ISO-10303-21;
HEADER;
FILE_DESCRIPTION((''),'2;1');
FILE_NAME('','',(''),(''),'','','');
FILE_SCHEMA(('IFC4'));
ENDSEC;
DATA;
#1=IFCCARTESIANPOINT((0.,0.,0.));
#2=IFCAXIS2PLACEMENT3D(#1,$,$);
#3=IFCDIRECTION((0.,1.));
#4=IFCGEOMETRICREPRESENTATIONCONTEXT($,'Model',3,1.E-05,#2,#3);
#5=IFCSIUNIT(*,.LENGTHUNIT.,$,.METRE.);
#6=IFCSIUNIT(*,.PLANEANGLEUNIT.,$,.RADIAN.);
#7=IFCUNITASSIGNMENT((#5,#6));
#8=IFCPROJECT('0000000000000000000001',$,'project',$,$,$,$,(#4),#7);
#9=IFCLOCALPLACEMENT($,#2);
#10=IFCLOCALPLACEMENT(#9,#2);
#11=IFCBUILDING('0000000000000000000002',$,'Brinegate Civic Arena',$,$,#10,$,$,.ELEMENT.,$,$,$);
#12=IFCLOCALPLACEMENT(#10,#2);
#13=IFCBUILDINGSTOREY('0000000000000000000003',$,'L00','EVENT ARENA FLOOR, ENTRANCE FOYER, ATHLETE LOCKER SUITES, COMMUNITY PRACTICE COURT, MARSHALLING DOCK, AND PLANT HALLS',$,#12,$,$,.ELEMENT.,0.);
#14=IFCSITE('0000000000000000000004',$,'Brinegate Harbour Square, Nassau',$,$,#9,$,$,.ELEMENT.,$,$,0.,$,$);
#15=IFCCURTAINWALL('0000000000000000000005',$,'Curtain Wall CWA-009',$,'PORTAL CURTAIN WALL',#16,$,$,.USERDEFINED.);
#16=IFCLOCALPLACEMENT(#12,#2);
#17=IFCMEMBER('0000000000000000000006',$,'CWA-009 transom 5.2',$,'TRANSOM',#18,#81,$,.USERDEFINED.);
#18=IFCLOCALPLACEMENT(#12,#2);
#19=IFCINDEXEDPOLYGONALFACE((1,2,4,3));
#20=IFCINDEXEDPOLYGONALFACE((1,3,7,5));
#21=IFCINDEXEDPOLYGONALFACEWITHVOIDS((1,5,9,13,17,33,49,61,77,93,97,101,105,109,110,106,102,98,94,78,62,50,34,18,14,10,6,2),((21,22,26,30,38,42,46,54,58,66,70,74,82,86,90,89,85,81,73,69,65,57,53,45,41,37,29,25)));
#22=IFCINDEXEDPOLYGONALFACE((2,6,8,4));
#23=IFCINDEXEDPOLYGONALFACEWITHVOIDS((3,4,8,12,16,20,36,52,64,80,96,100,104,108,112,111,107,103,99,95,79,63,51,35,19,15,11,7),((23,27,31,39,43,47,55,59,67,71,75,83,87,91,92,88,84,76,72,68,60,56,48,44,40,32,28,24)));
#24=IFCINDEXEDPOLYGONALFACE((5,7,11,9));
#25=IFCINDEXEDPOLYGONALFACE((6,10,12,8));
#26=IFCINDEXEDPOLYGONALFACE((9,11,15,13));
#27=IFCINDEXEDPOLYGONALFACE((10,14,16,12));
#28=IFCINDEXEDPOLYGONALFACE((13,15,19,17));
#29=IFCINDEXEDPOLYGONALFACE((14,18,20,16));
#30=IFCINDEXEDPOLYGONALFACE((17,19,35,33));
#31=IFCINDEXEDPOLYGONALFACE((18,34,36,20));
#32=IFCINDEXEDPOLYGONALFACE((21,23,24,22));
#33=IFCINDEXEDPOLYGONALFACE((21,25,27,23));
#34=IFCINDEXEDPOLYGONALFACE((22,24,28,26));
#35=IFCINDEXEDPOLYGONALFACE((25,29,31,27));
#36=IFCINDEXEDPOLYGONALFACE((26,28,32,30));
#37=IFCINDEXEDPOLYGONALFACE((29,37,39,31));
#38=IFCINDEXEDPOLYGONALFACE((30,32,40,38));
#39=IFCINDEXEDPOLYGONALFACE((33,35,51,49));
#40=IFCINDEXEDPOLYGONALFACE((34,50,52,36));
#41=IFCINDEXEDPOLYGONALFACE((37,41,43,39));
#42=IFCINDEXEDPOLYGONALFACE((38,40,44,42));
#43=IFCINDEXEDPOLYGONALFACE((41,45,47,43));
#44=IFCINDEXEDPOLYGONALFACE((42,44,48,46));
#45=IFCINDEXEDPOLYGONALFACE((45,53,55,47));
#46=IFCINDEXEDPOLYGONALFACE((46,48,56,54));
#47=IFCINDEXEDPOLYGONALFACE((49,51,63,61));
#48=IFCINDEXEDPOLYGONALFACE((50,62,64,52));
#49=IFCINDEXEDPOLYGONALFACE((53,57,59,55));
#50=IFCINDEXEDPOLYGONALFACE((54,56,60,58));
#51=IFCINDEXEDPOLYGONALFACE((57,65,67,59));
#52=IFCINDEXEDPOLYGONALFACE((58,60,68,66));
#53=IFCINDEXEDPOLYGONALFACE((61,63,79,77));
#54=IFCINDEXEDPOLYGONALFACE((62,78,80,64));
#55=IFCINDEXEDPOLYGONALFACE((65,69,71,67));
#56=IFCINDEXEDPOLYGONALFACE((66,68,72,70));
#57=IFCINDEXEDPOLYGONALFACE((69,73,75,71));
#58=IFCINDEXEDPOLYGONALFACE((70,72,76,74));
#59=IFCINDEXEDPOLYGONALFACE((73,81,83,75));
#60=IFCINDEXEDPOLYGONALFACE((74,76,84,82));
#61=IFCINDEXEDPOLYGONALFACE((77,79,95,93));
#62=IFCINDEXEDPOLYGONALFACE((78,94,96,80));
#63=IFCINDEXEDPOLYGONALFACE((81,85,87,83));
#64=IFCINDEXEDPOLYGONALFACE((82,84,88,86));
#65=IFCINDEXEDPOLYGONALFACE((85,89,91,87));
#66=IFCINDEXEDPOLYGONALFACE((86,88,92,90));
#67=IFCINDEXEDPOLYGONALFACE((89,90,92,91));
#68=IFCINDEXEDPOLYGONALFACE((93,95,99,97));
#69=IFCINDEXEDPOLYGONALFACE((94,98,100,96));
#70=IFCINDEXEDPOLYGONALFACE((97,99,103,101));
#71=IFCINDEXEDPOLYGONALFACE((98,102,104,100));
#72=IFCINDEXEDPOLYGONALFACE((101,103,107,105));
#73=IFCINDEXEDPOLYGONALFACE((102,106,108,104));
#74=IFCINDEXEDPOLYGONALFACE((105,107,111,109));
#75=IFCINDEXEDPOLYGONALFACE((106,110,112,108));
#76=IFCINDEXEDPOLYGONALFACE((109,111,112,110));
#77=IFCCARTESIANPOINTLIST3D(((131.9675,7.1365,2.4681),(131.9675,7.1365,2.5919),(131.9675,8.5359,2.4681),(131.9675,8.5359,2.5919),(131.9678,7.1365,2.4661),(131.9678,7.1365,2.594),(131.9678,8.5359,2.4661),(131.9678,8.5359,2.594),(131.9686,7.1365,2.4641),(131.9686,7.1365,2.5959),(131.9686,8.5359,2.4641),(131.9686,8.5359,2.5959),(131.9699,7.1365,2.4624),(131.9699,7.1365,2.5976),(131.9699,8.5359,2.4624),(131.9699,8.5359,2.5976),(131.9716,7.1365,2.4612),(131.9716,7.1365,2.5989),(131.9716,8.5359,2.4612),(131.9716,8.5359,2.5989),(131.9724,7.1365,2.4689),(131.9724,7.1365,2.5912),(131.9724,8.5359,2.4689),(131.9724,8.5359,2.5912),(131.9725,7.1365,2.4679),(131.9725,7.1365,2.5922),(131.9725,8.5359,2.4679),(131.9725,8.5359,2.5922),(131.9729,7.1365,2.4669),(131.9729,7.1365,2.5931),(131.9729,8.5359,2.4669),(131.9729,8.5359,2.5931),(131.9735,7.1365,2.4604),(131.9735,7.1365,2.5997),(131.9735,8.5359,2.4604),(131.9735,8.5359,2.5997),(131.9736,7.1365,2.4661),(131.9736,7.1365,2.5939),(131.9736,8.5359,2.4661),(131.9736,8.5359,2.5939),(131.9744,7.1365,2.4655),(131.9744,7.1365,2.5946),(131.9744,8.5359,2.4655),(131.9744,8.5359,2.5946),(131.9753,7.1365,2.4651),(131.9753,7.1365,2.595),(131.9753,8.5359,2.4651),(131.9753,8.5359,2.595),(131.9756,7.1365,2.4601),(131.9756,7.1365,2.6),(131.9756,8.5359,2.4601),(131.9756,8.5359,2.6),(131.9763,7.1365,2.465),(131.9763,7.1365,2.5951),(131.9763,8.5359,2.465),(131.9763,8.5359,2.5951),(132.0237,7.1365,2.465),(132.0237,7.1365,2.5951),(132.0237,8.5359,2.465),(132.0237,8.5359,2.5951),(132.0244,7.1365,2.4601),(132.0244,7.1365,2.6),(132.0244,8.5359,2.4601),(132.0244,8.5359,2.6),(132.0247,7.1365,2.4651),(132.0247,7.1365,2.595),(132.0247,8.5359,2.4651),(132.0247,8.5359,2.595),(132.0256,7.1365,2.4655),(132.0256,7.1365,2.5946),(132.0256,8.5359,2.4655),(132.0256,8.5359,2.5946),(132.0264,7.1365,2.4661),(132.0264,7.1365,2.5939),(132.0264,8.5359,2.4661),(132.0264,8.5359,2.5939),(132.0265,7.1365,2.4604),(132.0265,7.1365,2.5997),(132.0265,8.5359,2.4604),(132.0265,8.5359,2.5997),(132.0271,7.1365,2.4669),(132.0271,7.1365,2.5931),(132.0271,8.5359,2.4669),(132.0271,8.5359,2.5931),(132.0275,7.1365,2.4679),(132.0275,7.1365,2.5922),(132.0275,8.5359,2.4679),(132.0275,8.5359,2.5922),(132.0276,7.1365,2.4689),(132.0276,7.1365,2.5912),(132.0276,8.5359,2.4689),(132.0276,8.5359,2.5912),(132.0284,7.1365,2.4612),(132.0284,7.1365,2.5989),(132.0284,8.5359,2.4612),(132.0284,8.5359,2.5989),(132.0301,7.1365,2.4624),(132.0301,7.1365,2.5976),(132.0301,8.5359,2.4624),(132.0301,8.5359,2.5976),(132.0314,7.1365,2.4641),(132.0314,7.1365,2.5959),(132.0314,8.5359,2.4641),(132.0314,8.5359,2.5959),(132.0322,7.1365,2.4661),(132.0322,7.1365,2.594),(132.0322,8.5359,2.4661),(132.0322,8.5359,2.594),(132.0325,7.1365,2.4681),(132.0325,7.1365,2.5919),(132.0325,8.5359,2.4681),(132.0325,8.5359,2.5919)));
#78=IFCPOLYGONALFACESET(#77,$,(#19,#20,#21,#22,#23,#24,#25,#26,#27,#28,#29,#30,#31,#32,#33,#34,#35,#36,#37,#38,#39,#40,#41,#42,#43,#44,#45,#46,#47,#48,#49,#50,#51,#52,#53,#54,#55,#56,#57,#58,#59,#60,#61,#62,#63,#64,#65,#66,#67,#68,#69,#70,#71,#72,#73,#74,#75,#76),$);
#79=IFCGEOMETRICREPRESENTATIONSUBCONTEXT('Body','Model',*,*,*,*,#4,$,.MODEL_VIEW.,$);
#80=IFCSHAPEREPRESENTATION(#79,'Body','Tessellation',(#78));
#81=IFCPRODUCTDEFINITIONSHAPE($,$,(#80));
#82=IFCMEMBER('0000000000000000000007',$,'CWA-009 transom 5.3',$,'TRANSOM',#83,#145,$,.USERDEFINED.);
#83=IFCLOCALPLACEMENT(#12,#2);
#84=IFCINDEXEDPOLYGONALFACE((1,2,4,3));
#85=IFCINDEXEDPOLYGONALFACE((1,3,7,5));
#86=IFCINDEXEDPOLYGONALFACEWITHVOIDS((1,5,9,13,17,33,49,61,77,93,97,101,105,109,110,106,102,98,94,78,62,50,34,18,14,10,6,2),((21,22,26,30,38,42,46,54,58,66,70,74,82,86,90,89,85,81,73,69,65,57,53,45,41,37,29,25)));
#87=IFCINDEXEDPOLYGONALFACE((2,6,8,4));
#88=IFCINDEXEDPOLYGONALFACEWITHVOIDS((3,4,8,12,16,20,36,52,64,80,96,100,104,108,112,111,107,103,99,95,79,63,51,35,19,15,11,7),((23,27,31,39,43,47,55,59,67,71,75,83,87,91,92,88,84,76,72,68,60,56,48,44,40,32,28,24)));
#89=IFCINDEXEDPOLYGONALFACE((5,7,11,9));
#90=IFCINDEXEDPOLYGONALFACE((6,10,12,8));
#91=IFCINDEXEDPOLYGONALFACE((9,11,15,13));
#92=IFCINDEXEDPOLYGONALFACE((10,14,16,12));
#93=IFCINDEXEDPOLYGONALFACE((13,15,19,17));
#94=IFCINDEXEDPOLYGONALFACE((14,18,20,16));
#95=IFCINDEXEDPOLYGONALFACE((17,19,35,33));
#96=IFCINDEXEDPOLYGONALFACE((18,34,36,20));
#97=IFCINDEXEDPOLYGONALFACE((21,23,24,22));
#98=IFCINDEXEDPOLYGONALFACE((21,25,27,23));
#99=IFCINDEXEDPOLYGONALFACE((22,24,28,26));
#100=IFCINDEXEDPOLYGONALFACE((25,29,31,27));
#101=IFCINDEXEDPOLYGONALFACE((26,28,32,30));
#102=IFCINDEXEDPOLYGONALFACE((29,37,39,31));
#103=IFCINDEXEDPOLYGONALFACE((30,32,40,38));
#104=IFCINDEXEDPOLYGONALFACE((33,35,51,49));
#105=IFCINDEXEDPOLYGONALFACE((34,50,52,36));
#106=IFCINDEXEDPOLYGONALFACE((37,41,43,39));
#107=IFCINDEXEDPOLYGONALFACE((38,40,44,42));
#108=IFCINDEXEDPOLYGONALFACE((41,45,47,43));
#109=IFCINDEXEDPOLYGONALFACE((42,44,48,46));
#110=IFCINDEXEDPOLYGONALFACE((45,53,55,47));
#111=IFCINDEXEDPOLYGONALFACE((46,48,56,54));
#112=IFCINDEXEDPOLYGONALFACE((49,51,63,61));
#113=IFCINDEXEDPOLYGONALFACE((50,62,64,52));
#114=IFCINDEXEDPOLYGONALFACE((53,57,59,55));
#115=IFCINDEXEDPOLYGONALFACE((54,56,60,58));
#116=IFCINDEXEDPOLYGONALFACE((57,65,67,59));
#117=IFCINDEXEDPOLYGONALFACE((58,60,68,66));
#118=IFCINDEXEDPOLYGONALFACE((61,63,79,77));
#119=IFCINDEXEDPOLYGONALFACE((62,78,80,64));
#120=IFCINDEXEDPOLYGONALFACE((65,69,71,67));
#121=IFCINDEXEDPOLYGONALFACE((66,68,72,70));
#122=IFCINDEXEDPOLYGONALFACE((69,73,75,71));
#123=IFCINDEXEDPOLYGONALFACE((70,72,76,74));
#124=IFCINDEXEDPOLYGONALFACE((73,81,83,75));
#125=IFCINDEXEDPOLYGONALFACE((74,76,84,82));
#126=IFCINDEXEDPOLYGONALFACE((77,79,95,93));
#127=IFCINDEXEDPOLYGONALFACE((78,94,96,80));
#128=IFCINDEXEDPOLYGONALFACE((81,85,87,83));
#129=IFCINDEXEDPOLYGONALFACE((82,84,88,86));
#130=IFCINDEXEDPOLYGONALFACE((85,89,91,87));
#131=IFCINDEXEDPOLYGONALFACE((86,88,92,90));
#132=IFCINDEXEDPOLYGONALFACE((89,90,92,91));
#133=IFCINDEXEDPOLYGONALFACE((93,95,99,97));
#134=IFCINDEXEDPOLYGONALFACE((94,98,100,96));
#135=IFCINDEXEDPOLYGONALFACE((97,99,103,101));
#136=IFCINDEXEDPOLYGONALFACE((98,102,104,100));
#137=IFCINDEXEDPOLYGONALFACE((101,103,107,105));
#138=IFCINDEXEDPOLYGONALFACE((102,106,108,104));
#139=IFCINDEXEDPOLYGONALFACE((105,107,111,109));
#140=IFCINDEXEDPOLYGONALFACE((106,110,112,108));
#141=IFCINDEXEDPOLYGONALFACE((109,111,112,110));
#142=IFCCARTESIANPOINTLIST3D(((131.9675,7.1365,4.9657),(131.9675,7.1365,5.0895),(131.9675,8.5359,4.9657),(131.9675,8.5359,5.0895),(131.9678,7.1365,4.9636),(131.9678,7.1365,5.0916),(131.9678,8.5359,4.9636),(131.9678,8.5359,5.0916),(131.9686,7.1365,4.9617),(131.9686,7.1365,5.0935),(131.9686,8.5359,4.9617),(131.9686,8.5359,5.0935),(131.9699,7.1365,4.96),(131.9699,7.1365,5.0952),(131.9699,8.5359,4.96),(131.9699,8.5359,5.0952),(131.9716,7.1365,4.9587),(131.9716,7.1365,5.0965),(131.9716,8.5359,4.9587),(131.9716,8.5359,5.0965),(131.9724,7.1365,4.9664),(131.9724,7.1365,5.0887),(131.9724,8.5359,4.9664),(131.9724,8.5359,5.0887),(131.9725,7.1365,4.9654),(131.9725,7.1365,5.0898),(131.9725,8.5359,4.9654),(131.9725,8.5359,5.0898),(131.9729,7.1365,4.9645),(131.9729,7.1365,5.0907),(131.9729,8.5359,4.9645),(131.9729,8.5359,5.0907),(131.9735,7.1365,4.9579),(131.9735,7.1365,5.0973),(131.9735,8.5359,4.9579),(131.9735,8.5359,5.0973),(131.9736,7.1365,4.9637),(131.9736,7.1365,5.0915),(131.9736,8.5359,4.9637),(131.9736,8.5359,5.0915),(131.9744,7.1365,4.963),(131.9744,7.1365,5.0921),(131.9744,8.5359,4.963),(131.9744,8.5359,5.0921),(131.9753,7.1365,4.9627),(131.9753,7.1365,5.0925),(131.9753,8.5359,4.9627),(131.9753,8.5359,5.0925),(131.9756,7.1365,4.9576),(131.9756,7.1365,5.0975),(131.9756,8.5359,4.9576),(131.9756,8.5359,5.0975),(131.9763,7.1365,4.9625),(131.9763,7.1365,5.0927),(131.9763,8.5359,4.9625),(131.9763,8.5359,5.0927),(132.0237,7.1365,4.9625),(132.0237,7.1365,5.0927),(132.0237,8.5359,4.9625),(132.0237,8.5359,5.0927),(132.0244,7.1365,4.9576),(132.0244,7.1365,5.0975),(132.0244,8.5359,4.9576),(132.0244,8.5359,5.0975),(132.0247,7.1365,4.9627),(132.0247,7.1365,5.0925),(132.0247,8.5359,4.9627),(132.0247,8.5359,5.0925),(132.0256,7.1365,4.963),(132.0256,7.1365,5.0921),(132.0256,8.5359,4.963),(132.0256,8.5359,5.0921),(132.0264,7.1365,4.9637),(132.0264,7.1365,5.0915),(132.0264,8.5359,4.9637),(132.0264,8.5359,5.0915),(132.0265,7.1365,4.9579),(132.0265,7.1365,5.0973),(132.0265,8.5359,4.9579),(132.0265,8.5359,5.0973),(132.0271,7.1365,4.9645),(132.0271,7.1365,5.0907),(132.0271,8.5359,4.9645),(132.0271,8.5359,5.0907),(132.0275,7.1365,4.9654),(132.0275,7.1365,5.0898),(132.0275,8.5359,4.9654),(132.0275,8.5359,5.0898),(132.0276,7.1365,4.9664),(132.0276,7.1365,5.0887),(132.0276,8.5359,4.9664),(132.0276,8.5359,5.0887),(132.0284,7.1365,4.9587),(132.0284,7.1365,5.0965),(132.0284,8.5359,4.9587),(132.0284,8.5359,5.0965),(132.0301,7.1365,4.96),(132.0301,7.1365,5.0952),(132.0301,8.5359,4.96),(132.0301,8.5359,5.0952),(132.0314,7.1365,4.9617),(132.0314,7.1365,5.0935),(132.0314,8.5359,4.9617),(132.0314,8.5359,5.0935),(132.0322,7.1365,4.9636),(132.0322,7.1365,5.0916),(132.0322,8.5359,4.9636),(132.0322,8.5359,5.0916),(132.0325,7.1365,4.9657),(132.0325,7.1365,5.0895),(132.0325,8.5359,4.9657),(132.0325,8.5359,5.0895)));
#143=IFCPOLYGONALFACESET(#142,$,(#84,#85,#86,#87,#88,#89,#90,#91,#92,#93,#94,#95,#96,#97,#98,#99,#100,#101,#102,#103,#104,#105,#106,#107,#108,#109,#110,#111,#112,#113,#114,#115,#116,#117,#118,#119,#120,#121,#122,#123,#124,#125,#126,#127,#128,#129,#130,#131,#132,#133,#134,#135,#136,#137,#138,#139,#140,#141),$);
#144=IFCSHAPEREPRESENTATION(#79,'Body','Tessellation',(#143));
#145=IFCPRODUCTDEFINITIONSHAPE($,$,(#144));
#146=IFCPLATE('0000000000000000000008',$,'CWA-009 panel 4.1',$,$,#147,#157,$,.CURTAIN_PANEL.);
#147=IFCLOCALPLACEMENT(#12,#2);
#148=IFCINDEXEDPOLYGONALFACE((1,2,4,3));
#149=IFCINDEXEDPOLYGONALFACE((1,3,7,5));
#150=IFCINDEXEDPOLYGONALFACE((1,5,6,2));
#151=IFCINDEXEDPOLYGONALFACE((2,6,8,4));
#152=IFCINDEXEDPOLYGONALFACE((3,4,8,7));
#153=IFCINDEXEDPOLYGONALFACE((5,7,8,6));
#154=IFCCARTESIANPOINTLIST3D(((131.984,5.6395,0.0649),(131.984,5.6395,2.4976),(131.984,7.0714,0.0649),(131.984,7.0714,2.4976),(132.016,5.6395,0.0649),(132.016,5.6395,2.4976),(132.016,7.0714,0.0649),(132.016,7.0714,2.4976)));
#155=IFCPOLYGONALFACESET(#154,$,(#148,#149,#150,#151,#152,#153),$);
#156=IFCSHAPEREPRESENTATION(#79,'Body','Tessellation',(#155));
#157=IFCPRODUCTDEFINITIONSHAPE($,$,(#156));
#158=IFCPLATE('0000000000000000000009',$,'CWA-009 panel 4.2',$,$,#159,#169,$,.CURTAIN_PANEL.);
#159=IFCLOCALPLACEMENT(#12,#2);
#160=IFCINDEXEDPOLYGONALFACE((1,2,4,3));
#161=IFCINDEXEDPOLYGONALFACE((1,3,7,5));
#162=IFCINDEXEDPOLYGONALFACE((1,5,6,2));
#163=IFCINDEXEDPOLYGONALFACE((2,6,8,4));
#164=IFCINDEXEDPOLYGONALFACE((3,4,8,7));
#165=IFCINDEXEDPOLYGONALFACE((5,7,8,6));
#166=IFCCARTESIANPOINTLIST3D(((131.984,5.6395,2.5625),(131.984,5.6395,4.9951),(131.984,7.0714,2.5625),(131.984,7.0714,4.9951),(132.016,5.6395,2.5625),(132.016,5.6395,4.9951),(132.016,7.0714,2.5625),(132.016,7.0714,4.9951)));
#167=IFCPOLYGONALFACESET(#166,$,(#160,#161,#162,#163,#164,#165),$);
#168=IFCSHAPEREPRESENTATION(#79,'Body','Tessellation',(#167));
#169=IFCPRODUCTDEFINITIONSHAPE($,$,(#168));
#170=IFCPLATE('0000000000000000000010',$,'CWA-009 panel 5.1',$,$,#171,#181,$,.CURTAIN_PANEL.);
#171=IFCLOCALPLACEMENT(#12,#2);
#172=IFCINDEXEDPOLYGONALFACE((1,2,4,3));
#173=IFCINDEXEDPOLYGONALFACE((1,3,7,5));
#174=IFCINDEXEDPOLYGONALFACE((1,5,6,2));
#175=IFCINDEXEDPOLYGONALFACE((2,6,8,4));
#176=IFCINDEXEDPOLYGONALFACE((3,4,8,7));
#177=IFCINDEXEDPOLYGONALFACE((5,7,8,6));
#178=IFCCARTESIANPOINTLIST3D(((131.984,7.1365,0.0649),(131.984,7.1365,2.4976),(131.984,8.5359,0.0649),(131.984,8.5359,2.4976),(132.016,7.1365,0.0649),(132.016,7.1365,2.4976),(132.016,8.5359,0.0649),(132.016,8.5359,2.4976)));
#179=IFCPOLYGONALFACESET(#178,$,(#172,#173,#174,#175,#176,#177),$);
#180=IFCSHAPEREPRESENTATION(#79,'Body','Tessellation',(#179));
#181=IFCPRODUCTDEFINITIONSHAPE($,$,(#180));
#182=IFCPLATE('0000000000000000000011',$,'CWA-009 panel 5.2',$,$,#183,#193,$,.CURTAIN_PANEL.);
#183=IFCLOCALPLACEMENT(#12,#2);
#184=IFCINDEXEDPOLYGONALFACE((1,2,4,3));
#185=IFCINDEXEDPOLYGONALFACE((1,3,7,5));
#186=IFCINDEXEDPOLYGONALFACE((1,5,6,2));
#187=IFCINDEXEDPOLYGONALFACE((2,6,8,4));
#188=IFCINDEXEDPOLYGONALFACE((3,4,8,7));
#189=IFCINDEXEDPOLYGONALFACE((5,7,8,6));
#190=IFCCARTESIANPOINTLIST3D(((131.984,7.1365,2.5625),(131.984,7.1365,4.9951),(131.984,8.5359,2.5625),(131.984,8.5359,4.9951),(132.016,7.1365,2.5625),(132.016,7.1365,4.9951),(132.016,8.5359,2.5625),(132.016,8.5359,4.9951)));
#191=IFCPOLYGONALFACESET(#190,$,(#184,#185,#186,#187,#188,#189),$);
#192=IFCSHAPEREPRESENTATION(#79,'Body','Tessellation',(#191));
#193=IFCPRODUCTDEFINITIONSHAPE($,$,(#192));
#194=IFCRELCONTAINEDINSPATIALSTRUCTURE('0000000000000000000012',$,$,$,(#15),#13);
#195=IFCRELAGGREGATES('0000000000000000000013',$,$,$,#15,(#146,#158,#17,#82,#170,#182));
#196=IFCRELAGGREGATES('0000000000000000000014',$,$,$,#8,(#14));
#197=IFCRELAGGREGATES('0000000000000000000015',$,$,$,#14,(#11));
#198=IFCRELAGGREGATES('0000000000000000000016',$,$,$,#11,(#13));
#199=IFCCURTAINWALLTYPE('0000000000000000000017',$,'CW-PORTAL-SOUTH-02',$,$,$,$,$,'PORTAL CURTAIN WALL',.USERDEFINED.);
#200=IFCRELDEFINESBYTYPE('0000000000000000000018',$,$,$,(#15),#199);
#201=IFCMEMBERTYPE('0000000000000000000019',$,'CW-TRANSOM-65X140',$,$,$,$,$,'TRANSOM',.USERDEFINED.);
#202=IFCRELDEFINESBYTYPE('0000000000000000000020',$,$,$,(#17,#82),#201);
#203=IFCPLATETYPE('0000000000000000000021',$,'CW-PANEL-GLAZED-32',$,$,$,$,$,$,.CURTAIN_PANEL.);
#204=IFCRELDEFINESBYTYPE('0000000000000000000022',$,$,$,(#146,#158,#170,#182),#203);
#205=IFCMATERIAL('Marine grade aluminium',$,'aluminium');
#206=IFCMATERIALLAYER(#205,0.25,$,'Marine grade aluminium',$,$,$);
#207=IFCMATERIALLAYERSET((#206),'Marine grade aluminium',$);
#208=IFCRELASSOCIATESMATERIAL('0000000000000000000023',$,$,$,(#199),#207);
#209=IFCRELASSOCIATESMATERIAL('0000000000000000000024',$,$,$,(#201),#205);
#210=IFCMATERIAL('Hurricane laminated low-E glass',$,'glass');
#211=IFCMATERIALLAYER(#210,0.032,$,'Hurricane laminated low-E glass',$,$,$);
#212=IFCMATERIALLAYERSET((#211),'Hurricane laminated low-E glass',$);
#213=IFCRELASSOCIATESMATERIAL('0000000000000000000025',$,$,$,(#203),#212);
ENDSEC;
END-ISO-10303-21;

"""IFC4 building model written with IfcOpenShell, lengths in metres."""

from ifc_helpers import new_model, si_unit, direction, frame, origin, origin_2d, place, context, subcontext, project, spatial, rectangle, hollow_rectangle, extrude, material, layer, layer_set, material_profile, profile_set, type_object, element, aggregate, save


model = new_model("IFC4")

# Units and contexts
model_context = context("Model", 3, precision=1e-05, world=origin(), true_north=direction((0.0, 1.0)))
body_context = subcontext(model_context, "Body", "Model", "MODEL_VIEW")
ifc_project = project(units=[si_unit("LENGTHUNIT", "METRE"), si_unit("PLANEANGLEUNIT", "RADIAN")], contexts=[model_context])

# Site, building, storey
site_placement = place(None, origin())
site = spatial("IfcSite", under=ifc_project, at=site_placement, Name="Brinegate Harbour Square, Nassau", CompositionType="ELEMENT", RefElevation=0.0)
building_placement = place(site_placement, origin())
building = spatial("IfcBuilding", under=site, at=building_placement, Name="Brinegate Civic Arena", CompositionType="ELEMENT")
storey_placement = place(building_placement, origin())
storey = spatial("IfcBuildingStorey", under=building, at=storey_placement, Name="L00", Description="EVENT ARENA FLOOR, ENTRANCE FOYER, ATHLETE LOCKER SUITES, COMMUNITY PRACTICE COURT, MARSHALLING DOCK, AND PLANT HALLS", CompositionType="ELEMENT", Elevation=0.0)

# Curtain wall, members, plates
ifc_material_1 = material(Name="Marine grade aluminium", Category="aluminium")
ifc_layer_1 = layer(ifc_material_1, 0.25, Name="Marine grade aluminium")
ifc_layer_set_1 = layer_set([ifc_layer_1], Name="Marine grade aluminium")
curtain_wall_type = type_object("IfcCurtainWallType", Name="CW-PORTAL-SOUTH-02", ElementType="PORTAL CURTAIN WALL", PredefinedType="USERDEFINED", material=ifc_layer_set_1)
curtain_wall_placement = place(storey_placement, origin())
curtain_wall = element("IfcCurtainWall", 1, at=curtain_wall_placement, inside=storey, type_object=curtain_wall_type, Name="Curtain Wall CWA-009", ObjectType="PORTAL CURTAIN WALL", PredefinedType="USERDEFINED")
ifc_material_profile_1 = material_profile(ifc_material_1, hollow_rectangle(XDim=0.0649, YDim=0.1399, WallThickness=0.0049, InnerFilletRadius=0.0039, OuterFilletRadius=0.0081, at=origin_2d()), Name="TRN65X140")
ifc_profile_set_1 = profile_set([ifc_material_profile_1], Name="Marine grade aluminium")
member_type_1 = type_object("IfcMemberType", Name="CW-TRANSOM-65X140", ElementType="TRANSOM", PredefinedType="USERDEFINED", material=ifc_profile_set_1)
member_1_placement = place(storey_placement, frame((132.0, 7.1365, 2.53), z_axis=(0.0, 1.0, 0.0), x_axis=(-1.0, 0.0, 0.0)))
member_1 = element("IfcMember", 2, at=member_1_placement, type_object=member_type_1, Name="CWA-009 transom 5.2", ObjectType="TRANSOM", PredefinedType="USERDEFINED", context=body_context, shape_type="SweptSolid", body=[
    extrude(hollow_rectangle(XDim=0.0649, YDim=0.1399, WallThickness=0.0049, InnerFilletRadius=0.0039, OuterFilletRadius=0.0081, at=origin_2d()), origin(), (0.0, 0.0, 1.0), 1.3994),
])
member_2_placement = place(storey_placement, frame((132.0, 7.1365, 5.0276), z_axis=(0.0, 1.0, 0.0), x_axis=(-1.0, 0.0, 0.0)))
member_2 = element("IfcMember", 3, at=member_2_placement, type_object=member_type_1, Name="CWA-009 transom 5.3", ObjectType="TRANSOM", PredefinedType="USERDEFINED", context=body_context, shape_type="SweptSolid", body=[
    extrude(hollow_rectangle(XDim=0.0649, YDim=0.1399, WallThickness=0.0049, InnerFilletRadius=0.0039, OuterFilletRadius=0.0081, at=origin_2d()), origin(), (0.0, 0.0, 1.0), 1.3994),
])
ifc_material_2 = material(Name="Hurricane laminated low-E glass", Category="glass")
ifc_layer_2 = layer(ifc_material_2, 0.032, Name="Hurricane laminated low-E glass")
ifc_layer_set_2 = layer_set([ifc_layer_2], Name="Hurricane laminated low-E glass")
plate_type = type_object("IfcPlateType", Name="CW-PANEL-GLAZED-32", PredefinedType="CURTAIN_PANEL", material=ifc_layer_set_2)
plate_1_placement = place(storey_placement, frame((132.0, 6.3555, 0.0649), z_axis=(0.0, 0.0, 1.0), x_axis=(0.0, 1.0, 0.0)))
plate_1 = element("IfcPlate", 4, at=plate_1_placement, type_object=plate_type, Name="CWA-009 panel 4.1", PredefinedType="CURTAIN_PANEL", context=body_context, shape_type="SweptSolid", body=[
    extrude(rectangle(XDim=1.4319, YDim=0.032, at=origin_2d()), origin(), (0.0, 0.0, 1.0), 2.4326),
])
plate_2_placement = place(storey_placement, frame((132.0, 6.3555, 2.5625), z_axis=(0.0, 0.0, 1.0), x_axis=(0.0, 1.0, 0.0)))
plate_2 = element("IfcPlate", 5, at=plate_2_placement, type_object=plate_type, Name="CWA-009 panel 4.2", PredefinedType="CURTAIN_PANEL", context=body_context, shape_type="SweptSolid", body=[
    extrude(rectangle(XDim=1.4319, YDim=0.032, at=origin_2d()), origin(), (0.0, 0.0, 1.0), 2.4326),
])
plate_3_placement = place(storey_placement, frame((132.0, 7.8362, 0.0649), z_axis=(0.0, 0.0, 1.0), x_axis=(0.0, 1.0, 0.0)))
plate_3 = element("IfcPlate", 6, at=plate_3_placement, type_object=plate_type, Name="CWA-009 panel 5.1", PredefinedType="CURTAIN_PANEL", context=body_context, shape_type="SweptSolid", body=[
    extrude(rectangle(XDim=1.3994, YDim=0.032, at=origin_2d()), origin(), (0.0, 0.0, 1.0), 2.4326),
])
plate_4_placement = place(storey_placement, frame((132.0, 7.8362, 2.5625), z_axis=(0.0, 0.0, 1.0), x_axis=(0.0, 1.0, 0.0)))
plate_4 = element("IfcPlate", 7, at=plate_4_placement, type_object=plate_type, Name="CWA-009 panel 5.2", PredefinedType="CURTAIN_PANEL", context=body_context, shape_type="SweptSolid", body=[
    extrude(rectangle(XDim=1.3994, YDim=0.032, at=origin_2d()), origin(), (0.0, 0.0, 1.0), 2.4326),
])
aggregate(curtain_wall, [plate_1, plate_2, member_1, member_2, plate_3, plate_4])

save(model, "model.ifc")
